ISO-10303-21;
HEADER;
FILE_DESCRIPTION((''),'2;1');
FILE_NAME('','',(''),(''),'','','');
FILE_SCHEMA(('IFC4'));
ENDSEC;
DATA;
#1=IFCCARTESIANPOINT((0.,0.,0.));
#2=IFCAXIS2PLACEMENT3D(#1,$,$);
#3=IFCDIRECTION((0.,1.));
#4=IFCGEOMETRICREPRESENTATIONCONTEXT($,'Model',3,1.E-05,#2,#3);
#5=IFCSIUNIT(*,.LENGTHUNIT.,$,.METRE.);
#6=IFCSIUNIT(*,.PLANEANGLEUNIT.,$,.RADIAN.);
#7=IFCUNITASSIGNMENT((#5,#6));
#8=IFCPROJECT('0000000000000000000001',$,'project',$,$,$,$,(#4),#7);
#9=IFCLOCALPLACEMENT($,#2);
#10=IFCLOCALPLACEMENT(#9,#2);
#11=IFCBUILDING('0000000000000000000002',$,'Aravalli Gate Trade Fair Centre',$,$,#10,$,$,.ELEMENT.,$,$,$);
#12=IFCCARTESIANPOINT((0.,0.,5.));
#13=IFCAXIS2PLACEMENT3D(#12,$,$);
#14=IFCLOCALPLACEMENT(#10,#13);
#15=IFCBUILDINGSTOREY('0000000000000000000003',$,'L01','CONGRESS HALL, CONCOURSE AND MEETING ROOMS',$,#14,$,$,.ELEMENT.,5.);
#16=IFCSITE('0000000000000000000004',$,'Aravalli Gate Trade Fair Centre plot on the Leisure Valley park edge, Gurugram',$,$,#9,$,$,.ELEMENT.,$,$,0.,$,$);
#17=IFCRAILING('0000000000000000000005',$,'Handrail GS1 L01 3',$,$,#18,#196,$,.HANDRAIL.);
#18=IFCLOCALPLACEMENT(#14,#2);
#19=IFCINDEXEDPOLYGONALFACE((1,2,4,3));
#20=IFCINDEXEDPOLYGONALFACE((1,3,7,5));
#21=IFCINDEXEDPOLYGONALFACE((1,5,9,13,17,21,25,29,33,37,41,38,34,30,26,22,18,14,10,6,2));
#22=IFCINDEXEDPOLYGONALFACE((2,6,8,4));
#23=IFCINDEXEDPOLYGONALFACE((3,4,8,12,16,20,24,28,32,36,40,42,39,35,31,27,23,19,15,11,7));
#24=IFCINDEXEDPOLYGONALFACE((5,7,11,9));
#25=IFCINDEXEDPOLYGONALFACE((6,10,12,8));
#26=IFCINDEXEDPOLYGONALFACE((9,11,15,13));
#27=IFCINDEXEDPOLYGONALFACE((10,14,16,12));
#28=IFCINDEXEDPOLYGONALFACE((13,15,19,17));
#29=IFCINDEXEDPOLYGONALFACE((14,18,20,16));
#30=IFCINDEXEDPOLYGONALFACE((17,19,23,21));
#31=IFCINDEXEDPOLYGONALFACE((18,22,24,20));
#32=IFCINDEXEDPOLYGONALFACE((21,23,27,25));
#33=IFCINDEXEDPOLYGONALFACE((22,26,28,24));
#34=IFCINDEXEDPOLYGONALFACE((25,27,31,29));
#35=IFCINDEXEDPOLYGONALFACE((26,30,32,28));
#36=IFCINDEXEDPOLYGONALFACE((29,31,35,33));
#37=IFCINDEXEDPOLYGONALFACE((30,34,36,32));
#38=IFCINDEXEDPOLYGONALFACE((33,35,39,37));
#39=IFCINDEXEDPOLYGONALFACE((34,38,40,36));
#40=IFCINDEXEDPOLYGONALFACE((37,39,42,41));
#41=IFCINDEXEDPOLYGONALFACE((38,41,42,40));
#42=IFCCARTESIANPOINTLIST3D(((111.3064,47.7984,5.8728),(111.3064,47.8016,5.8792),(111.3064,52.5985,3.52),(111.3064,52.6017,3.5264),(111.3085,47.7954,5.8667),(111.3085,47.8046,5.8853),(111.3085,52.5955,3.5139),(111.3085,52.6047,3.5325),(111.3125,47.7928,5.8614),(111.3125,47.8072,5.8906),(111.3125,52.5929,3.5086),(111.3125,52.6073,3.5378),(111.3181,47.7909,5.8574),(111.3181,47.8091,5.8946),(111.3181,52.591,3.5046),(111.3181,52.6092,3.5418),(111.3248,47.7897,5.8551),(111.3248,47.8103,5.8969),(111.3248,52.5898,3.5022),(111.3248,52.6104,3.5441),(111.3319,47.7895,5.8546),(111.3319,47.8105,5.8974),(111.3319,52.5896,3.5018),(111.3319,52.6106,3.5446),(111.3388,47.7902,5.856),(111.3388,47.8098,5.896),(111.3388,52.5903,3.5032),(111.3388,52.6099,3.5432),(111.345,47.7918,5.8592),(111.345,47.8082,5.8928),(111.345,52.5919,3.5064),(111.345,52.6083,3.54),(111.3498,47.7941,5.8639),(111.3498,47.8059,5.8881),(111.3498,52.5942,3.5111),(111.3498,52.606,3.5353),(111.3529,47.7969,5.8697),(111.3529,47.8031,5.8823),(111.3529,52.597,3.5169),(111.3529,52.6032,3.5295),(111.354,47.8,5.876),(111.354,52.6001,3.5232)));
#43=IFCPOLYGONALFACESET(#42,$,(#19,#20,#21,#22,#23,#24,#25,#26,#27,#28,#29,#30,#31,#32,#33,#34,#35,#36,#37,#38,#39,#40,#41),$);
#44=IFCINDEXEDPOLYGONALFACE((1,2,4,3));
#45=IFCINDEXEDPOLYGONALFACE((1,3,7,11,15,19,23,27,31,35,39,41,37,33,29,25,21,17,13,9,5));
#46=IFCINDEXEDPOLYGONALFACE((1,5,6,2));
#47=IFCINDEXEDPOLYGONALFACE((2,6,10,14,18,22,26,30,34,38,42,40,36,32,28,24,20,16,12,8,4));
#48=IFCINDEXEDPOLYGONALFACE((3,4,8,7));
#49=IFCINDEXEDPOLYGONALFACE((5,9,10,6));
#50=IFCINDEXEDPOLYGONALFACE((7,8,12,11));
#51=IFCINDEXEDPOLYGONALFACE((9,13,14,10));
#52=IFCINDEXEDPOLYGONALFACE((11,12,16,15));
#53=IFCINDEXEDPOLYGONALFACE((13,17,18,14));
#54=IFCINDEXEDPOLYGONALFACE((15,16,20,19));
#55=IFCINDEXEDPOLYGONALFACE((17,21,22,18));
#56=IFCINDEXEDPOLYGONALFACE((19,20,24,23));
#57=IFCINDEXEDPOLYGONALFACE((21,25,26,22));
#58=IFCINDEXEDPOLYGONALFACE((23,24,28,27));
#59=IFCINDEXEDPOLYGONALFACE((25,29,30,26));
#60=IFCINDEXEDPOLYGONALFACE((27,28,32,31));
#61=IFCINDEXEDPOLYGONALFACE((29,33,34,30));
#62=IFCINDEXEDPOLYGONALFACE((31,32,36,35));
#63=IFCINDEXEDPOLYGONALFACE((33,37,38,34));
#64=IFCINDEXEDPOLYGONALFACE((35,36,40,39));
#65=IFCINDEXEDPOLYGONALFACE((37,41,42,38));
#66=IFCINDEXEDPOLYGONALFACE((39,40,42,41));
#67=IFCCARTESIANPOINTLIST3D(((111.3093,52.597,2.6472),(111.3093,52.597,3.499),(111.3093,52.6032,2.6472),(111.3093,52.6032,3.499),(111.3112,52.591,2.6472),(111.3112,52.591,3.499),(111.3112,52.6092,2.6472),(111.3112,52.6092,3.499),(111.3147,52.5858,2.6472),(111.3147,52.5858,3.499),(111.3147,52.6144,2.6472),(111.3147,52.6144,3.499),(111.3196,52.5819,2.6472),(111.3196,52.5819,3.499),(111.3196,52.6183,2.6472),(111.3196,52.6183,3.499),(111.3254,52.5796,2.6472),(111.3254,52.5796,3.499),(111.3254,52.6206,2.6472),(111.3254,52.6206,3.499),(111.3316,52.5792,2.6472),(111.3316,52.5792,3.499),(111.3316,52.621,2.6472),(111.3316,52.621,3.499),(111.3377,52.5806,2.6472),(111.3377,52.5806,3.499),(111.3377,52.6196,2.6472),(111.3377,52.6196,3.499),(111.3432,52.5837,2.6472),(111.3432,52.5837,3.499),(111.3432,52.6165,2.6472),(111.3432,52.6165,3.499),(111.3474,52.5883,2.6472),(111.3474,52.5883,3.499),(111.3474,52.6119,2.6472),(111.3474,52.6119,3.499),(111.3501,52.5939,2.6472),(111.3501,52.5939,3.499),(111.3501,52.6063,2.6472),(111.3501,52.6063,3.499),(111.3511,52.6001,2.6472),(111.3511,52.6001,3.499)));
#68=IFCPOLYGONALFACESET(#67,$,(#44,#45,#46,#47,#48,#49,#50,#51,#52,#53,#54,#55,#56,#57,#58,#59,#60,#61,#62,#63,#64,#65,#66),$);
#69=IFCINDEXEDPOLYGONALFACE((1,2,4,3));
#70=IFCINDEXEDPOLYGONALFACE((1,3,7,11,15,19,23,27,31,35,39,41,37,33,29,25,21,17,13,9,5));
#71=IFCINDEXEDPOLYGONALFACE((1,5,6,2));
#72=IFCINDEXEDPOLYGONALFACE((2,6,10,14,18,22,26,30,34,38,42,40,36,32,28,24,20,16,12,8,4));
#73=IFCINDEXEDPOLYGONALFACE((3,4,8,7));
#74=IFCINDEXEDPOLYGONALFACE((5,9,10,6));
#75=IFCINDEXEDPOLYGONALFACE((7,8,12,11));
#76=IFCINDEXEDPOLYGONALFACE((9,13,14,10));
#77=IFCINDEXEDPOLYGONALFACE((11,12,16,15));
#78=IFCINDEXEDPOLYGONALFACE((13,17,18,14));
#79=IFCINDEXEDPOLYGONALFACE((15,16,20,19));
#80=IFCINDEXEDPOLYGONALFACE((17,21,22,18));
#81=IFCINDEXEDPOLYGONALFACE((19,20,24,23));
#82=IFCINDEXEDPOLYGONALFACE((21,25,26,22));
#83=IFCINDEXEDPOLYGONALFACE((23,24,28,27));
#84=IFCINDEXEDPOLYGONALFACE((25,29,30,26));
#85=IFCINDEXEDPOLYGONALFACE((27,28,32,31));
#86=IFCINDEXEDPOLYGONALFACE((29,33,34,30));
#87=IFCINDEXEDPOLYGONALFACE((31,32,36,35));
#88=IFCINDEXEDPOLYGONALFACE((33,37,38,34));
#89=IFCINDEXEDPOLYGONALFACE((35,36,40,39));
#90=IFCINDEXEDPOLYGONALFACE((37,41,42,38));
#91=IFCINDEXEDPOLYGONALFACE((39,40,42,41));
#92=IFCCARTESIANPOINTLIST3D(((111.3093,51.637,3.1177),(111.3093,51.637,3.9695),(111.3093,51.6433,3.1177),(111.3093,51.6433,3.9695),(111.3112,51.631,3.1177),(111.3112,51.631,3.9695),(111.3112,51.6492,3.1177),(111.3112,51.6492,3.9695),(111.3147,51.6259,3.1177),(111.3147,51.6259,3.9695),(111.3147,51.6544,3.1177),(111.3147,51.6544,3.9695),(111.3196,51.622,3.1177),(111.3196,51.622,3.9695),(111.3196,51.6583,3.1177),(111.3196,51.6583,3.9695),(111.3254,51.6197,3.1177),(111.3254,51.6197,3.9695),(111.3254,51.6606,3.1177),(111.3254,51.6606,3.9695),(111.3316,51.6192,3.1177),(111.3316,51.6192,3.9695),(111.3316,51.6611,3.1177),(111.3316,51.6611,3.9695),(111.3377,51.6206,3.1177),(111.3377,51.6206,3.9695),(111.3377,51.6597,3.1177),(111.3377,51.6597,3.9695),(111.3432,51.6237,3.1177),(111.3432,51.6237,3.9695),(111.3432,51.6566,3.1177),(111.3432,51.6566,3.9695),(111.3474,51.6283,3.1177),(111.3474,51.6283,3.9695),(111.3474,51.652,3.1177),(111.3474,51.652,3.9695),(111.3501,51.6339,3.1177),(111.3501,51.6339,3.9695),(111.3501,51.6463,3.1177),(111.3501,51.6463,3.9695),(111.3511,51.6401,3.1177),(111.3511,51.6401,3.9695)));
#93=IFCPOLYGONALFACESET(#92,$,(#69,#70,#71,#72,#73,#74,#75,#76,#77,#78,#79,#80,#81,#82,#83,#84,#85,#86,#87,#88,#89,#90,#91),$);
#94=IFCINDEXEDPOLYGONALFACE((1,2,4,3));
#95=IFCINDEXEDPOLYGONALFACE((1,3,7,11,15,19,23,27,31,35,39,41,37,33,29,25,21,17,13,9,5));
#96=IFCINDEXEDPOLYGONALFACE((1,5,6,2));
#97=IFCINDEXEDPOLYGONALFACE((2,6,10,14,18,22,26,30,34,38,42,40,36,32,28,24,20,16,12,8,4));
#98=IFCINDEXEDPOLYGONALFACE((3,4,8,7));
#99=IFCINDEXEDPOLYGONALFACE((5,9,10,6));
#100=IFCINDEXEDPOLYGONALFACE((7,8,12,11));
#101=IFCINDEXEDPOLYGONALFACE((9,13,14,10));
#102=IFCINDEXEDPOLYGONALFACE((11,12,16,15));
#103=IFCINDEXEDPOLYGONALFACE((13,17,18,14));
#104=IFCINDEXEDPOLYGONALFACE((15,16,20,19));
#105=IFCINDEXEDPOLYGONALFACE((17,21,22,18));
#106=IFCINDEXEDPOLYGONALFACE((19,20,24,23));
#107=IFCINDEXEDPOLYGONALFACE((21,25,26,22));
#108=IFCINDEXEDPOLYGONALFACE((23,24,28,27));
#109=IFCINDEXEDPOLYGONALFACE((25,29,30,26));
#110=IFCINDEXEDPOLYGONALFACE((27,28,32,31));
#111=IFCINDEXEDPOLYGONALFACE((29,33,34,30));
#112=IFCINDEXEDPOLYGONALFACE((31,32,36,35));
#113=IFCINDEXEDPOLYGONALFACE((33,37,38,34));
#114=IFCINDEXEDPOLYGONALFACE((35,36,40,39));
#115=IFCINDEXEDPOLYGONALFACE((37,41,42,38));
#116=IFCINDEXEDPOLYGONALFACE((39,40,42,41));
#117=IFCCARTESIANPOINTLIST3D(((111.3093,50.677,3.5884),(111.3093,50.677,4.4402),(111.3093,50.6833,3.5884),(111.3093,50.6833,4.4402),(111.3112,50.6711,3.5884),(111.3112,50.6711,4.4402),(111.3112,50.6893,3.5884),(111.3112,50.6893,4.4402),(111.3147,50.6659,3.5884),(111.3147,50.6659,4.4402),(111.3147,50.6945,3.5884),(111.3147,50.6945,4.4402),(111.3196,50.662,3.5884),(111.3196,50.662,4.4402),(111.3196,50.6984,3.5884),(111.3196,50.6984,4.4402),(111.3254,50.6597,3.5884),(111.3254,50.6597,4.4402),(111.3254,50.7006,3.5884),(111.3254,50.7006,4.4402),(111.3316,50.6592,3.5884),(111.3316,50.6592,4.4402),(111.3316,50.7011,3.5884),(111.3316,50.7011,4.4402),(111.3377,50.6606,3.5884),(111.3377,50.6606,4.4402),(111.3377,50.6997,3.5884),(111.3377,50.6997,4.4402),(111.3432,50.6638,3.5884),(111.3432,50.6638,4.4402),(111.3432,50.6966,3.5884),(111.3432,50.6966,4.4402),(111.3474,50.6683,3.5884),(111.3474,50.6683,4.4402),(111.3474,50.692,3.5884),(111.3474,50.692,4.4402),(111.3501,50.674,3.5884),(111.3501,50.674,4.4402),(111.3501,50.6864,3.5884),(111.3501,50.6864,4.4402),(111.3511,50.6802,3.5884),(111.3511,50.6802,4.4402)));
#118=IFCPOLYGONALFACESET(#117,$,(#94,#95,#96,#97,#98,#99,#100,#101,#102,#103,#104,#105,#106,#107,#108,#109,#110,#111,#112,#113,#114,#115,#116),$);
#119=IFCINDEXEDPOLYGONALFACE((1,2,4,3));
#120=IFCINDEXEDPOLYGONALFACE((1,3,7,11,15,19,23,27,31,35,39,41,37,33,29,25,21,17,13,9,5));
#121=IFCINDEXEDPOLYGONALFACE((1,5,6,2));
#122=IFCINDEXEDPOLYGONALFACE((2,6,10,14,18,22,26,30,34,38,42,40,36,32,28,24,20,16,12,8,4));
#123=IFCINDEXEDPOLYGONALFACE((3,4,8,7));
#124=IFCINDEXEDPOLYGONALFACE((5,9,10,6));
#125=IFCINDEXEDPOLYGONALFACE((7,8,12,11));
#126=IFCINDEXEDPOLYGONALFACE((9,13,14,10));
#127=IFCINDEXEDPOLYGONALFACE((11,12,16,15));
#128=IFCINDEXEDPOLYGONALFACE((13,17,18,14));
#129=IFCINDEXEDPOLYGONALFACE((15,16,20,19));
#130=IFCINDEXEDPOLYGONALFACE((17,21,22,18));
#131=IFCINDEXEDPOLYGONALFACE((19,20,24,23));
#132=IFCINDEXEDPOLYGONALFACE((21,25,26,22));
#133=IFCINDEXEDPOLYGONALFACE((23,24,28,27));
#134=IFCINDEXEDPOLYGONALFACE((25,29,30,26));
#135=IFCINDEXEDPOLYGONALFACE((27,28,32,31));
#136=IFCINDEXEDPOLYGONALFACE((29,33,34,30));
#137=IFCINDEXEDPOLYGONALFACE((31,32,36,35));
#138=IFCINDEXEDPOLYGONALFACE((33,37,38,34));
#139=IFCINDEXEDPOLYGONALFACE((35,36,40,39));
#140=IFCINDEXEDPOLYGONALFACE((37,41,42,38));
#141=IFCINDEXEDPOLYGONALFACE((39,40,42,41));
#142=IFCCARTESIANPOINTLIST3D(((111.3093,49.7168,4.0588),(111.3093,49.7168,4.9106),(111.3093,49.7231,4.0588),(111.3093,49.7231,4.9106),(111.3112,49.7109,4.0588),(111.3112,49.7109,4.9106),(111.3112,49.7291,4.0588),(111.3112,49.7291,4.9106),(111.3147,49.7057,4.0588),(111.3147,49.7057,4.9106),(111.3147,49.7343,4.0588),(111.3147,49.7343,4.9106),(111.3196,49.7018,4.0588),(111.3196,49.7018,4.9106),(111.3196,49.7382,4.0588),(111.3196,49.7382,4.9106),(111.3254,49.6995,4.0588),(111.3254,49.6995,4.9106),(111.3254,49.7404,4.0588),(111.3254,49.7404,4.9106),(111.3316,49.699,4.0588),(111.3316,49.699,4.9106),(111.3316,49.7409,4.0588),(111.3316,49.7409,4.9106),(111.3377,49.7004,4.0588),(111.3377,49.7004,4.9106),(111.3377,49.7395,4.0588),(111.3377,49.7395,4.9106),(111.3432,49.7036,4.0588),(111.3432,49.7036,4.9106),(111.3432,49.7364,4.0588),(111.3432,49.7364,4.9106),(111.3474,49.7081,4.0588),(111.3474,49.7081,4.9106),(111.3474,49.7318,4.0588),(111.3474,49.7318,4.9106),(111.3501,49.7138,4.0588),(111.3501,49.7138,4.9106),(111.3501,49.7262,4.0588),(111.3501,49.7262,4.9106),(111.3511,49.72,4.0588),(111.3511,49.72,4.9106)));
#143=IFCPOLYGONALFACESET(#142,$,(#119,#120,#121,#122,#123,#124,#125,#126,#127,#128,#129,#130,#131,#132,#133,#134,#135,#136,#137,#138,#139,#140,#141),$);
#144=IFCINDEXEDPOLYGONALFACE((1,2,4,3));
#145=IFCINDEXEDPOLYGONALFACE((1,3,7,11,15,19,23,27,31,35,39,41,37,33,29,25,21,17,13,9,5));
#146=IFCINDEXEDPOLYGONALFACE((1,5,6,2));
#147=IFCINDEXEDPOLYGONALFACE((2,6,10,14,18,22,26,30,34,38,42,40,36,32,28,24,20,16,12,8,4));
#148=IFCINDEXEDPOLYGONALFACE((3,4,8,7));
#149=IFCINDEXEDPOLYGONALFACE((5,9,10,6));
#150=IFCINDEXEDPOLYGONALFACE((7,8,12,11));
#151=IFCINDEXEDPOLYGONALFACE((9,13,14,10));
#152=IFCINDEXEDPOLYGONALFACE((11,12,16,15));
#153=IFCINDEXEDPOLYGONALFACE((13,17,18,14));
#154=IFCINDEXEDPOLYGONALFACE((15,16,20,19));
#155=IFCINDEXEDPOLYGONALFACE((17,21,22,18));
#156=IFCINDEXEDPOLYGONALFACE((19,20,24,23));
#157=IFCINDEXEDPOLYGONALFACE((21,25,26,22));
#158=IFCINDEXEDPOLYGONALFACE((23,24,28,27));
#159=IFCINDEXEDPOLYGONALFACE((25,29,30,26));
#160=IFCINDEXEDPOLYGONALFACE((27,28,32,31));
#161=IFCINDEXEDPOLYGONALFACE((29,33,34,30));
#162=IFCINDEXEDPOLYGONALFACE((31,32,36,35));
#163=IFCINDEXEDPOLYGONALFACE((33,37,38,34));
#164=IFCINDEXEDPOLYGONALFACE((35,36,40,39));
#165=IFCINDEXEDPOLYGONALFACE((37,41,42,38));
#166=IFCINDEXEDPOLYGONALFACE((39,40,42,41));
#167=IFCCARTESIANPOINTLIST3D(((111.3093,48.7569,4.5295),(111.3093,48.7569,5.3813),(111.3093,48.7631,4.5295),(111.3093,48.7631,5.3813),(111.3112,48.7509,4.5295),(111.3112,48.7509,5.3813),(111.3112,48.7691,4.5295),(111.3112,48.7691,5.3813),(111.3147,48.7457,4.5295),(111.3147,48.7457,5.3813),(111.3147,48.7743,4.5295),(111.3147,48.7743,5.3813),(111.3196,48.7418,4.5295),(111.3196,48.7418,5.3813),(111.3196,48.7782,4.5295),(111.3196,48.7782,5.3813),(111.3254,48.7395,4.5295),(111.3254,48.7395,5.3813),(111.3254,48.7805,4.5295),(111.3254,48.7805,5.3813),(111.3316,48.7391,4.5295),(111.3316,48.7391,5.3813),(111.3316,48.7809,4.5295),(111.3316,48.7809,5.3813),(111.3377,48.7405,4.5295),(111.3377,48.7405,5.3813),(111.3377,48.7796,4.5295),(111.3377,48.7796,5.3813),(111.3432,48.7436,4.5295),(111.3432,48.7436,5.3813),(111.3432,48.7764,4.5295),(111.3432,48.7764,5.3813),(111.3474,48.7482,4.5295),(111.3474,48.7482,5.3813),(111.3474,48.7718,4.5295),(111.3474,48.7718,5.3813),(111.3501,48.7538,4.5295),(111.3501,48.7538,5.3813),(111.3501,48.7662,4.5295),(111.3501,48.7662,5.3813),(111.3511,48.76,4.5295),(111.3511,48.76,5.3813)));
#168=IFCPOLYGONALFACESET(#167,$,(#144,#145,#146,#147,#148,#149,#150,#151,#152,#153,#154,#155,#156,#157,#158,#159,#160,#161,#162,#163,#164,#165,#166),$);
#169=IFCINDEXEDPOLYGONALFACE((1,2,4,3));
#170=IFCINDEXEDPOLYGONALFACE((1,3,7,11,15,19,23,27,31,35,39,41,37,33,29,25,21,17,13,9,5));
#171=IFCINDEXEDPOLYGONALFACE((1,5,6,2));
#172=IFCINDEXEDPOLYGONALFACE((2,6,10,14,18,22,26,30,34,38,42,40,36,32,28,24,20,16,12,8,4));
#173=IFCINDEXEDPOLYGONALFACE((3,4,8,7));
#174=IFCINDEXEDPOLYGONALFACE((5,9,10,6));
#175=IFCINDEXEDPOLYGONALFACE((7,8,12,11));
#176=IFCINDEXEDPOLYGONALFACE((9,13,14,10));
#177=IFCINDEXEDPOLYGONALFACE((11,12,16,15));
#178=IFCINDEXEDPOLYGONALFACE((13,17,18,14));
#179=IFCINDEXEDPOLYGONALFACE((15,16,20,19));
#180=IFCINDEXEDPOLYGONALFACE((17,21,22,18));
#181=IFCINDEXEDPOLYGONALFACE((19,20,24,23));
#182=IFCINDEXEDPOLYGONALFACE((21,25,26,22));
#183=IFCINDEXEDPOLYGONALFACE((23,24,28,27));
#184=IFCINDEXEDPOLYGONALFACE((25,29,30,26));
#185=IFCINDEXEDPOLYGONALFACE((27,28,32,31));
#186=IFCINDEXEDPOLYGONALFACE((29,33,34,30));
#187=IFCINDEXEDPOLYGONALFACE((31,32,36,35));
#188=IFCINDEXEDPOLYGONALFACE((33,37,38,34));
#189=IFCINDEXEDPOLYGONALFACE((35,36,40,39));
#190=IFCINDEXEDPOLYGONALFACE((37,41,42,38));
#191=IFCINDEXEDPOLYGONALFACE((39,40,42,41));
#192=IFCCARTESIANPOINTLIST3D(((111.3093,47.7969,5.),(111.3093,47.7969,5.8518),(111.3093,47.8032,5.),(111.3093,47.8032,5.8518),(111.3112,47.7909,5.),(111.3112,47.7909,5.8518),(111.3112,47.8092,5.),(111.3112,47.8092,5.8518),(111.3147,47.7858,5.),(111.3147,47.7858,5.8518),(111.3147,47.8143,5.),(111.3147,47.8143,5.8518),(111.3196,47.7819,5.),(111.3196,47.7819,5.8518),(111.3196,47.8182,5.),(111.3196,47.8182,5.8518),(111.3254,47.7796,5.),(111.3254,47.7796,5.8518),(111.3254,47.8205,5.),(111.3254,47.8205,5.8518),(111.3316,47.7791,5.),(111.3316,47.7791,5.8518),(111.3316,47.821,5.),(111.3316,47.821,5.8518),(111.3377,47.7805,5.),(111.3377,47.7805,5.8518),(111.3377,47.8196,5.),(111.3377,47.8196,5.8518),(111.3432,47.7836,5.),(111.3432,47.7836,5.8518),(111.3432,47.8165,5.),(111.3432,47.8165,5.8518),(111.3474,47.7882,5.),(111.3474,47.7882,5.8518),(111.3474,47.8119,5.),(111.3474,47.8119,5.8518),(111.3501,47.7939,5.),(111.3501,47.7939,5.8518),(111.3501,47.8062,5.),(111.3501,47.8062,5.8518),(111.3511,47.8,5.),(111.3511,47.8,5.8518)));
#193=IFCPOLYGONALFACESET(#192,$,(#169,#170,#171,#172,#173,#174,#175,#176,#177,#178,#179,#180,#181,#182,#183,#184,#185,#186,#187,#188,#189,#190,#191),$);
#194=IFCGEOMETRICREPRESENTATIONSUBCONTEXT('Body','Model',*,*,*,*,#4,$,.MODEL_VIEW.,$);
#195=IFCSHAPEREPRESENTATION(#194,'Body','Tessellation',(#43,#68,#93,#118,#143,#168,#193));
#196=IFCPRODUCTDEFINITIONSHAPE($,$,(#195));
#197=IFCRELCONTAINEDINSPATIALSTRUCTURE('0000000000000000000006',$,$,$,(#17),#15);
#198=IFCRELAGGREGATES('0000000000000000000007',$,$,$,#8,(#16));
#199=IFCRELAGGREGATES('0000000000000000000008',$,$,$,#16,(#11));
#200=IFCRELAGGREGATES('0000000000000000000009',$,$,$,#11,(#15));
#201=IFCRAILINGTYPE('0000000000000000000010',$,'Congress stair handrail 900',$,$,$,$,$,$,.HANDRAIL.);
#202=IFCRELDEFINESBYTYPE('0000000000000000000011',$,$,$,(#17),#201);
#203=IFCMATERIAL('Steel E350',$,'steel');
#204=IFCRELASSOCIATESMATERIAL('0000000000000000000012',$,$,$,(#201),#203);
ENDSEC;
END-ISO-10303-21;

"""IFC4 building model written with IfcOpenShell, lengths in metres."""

from ifc_helpers import new_model, si_unit, direction, frame, origin, origin_2d, place, context, subcontext, project, spatial, circle, extrude, material, type_object, element, save


model = new_model("IFC4")

# Units and contexts
model_context = context("Model", 3, precision=1e-05, world=origin(), true_north=direction((0.0, 1.0)))
body_context = subcontext(model_context, "Body", "Model", "MODEL_VIEW")
ifc_project = project(units=[si_unit("LENGTHUNIT", "METRE"), si_unit("PLANEANGLEUNIT", "RADIAN")], contexts=[model_context])

# Site, building, storey
site_placement = place(None, origin())
site = spatial("IfcSite", under=ifc_project, at=site_placement, Name="Aravalli Gate Trade Fair Centre plot on the Leisure Valley park edge, Gurugram", CompositionType="ELEMENT", RefElevation=0.0)
building_placement = place(site_placement, origin())
building = spatial("IfcBuilding", under=site, at=building_placement, Name="Aravalli Gate Trade Fair Centre", CompositionType="ELEMENT")
storey_placement = place(building_placement, frame((0.0, 0.0, 5.0)))
storey = spatial("IfcBuildingStorey", under=building, at=storey_placement, Name="L01", Description="CONGRESS HALL, CONCOURSE AND MEETING ROOMS", CompositionType="ELEMENT", Elevation=5.0)

# Railing
ifc_material_1 = material(Name="Steel E350", Category="steel")
railing_type = type_object("IfcRailingType", Name="Congress stair handrail 900", PredefinedType="HANDRAIL", material=ifc_material_1)
for number, where, name in (
    (1, (111.3301, 52.6001, 2.6472), "Handrail GS1 L01 3"),
):
    element("IfcRailing", number, at=place(storey_placement, frame(where)), inside=storey, type_object=railing_type, Name=name, PredefinedType="HANDRAIL", context=body_context, shape_type="SweptSolid", body=[
        extrude(circle(Radius=0.0239, at=origin_2d()), frame((0.0, 0.0, 0.876), z_axis=(0.0, -0.897934, 0.44013), x_axis=(1.0, 0.0, 0.0)), (0.0, 0.0, 1.0), 5.3457),
        extrude(circle(Radius=0.021, at=origin_2d()), origin(), (0.0, 0.0, 1.0), 0.8518),
        extrude(circle(Radius=0.021, at=origin_2d()), frame((0.0, -0.96, 0.4705)), (0.0, 0.0, 1.0), 0.8518),
        extrude(circle(Radius=0.021, at=origin_2d()), frame((0.0, -1.9199, 0.9412)), (0.0, 0.0, 1.0), 0.8518),
        extrude(circle(Radius=0.021, at=origin_2d()), frame((0.0, -2.8801, 1.4116)), (0.0, 0.0, 1.0), 0.8518),
        extrude(circle(Radius=0.021, at=origin_2d()), frame((0.0, -3.8401, 1.8823)), (0.0, 0.0, 1.0), 0.8518),
        extrude(circle(Radius=0.021, at=origin_2d()), frame((0.0, -4.8, 2.3528)), (0.0, 0.0, 1.0), 0.8518),
    ])

save(model, "model.ifc")
